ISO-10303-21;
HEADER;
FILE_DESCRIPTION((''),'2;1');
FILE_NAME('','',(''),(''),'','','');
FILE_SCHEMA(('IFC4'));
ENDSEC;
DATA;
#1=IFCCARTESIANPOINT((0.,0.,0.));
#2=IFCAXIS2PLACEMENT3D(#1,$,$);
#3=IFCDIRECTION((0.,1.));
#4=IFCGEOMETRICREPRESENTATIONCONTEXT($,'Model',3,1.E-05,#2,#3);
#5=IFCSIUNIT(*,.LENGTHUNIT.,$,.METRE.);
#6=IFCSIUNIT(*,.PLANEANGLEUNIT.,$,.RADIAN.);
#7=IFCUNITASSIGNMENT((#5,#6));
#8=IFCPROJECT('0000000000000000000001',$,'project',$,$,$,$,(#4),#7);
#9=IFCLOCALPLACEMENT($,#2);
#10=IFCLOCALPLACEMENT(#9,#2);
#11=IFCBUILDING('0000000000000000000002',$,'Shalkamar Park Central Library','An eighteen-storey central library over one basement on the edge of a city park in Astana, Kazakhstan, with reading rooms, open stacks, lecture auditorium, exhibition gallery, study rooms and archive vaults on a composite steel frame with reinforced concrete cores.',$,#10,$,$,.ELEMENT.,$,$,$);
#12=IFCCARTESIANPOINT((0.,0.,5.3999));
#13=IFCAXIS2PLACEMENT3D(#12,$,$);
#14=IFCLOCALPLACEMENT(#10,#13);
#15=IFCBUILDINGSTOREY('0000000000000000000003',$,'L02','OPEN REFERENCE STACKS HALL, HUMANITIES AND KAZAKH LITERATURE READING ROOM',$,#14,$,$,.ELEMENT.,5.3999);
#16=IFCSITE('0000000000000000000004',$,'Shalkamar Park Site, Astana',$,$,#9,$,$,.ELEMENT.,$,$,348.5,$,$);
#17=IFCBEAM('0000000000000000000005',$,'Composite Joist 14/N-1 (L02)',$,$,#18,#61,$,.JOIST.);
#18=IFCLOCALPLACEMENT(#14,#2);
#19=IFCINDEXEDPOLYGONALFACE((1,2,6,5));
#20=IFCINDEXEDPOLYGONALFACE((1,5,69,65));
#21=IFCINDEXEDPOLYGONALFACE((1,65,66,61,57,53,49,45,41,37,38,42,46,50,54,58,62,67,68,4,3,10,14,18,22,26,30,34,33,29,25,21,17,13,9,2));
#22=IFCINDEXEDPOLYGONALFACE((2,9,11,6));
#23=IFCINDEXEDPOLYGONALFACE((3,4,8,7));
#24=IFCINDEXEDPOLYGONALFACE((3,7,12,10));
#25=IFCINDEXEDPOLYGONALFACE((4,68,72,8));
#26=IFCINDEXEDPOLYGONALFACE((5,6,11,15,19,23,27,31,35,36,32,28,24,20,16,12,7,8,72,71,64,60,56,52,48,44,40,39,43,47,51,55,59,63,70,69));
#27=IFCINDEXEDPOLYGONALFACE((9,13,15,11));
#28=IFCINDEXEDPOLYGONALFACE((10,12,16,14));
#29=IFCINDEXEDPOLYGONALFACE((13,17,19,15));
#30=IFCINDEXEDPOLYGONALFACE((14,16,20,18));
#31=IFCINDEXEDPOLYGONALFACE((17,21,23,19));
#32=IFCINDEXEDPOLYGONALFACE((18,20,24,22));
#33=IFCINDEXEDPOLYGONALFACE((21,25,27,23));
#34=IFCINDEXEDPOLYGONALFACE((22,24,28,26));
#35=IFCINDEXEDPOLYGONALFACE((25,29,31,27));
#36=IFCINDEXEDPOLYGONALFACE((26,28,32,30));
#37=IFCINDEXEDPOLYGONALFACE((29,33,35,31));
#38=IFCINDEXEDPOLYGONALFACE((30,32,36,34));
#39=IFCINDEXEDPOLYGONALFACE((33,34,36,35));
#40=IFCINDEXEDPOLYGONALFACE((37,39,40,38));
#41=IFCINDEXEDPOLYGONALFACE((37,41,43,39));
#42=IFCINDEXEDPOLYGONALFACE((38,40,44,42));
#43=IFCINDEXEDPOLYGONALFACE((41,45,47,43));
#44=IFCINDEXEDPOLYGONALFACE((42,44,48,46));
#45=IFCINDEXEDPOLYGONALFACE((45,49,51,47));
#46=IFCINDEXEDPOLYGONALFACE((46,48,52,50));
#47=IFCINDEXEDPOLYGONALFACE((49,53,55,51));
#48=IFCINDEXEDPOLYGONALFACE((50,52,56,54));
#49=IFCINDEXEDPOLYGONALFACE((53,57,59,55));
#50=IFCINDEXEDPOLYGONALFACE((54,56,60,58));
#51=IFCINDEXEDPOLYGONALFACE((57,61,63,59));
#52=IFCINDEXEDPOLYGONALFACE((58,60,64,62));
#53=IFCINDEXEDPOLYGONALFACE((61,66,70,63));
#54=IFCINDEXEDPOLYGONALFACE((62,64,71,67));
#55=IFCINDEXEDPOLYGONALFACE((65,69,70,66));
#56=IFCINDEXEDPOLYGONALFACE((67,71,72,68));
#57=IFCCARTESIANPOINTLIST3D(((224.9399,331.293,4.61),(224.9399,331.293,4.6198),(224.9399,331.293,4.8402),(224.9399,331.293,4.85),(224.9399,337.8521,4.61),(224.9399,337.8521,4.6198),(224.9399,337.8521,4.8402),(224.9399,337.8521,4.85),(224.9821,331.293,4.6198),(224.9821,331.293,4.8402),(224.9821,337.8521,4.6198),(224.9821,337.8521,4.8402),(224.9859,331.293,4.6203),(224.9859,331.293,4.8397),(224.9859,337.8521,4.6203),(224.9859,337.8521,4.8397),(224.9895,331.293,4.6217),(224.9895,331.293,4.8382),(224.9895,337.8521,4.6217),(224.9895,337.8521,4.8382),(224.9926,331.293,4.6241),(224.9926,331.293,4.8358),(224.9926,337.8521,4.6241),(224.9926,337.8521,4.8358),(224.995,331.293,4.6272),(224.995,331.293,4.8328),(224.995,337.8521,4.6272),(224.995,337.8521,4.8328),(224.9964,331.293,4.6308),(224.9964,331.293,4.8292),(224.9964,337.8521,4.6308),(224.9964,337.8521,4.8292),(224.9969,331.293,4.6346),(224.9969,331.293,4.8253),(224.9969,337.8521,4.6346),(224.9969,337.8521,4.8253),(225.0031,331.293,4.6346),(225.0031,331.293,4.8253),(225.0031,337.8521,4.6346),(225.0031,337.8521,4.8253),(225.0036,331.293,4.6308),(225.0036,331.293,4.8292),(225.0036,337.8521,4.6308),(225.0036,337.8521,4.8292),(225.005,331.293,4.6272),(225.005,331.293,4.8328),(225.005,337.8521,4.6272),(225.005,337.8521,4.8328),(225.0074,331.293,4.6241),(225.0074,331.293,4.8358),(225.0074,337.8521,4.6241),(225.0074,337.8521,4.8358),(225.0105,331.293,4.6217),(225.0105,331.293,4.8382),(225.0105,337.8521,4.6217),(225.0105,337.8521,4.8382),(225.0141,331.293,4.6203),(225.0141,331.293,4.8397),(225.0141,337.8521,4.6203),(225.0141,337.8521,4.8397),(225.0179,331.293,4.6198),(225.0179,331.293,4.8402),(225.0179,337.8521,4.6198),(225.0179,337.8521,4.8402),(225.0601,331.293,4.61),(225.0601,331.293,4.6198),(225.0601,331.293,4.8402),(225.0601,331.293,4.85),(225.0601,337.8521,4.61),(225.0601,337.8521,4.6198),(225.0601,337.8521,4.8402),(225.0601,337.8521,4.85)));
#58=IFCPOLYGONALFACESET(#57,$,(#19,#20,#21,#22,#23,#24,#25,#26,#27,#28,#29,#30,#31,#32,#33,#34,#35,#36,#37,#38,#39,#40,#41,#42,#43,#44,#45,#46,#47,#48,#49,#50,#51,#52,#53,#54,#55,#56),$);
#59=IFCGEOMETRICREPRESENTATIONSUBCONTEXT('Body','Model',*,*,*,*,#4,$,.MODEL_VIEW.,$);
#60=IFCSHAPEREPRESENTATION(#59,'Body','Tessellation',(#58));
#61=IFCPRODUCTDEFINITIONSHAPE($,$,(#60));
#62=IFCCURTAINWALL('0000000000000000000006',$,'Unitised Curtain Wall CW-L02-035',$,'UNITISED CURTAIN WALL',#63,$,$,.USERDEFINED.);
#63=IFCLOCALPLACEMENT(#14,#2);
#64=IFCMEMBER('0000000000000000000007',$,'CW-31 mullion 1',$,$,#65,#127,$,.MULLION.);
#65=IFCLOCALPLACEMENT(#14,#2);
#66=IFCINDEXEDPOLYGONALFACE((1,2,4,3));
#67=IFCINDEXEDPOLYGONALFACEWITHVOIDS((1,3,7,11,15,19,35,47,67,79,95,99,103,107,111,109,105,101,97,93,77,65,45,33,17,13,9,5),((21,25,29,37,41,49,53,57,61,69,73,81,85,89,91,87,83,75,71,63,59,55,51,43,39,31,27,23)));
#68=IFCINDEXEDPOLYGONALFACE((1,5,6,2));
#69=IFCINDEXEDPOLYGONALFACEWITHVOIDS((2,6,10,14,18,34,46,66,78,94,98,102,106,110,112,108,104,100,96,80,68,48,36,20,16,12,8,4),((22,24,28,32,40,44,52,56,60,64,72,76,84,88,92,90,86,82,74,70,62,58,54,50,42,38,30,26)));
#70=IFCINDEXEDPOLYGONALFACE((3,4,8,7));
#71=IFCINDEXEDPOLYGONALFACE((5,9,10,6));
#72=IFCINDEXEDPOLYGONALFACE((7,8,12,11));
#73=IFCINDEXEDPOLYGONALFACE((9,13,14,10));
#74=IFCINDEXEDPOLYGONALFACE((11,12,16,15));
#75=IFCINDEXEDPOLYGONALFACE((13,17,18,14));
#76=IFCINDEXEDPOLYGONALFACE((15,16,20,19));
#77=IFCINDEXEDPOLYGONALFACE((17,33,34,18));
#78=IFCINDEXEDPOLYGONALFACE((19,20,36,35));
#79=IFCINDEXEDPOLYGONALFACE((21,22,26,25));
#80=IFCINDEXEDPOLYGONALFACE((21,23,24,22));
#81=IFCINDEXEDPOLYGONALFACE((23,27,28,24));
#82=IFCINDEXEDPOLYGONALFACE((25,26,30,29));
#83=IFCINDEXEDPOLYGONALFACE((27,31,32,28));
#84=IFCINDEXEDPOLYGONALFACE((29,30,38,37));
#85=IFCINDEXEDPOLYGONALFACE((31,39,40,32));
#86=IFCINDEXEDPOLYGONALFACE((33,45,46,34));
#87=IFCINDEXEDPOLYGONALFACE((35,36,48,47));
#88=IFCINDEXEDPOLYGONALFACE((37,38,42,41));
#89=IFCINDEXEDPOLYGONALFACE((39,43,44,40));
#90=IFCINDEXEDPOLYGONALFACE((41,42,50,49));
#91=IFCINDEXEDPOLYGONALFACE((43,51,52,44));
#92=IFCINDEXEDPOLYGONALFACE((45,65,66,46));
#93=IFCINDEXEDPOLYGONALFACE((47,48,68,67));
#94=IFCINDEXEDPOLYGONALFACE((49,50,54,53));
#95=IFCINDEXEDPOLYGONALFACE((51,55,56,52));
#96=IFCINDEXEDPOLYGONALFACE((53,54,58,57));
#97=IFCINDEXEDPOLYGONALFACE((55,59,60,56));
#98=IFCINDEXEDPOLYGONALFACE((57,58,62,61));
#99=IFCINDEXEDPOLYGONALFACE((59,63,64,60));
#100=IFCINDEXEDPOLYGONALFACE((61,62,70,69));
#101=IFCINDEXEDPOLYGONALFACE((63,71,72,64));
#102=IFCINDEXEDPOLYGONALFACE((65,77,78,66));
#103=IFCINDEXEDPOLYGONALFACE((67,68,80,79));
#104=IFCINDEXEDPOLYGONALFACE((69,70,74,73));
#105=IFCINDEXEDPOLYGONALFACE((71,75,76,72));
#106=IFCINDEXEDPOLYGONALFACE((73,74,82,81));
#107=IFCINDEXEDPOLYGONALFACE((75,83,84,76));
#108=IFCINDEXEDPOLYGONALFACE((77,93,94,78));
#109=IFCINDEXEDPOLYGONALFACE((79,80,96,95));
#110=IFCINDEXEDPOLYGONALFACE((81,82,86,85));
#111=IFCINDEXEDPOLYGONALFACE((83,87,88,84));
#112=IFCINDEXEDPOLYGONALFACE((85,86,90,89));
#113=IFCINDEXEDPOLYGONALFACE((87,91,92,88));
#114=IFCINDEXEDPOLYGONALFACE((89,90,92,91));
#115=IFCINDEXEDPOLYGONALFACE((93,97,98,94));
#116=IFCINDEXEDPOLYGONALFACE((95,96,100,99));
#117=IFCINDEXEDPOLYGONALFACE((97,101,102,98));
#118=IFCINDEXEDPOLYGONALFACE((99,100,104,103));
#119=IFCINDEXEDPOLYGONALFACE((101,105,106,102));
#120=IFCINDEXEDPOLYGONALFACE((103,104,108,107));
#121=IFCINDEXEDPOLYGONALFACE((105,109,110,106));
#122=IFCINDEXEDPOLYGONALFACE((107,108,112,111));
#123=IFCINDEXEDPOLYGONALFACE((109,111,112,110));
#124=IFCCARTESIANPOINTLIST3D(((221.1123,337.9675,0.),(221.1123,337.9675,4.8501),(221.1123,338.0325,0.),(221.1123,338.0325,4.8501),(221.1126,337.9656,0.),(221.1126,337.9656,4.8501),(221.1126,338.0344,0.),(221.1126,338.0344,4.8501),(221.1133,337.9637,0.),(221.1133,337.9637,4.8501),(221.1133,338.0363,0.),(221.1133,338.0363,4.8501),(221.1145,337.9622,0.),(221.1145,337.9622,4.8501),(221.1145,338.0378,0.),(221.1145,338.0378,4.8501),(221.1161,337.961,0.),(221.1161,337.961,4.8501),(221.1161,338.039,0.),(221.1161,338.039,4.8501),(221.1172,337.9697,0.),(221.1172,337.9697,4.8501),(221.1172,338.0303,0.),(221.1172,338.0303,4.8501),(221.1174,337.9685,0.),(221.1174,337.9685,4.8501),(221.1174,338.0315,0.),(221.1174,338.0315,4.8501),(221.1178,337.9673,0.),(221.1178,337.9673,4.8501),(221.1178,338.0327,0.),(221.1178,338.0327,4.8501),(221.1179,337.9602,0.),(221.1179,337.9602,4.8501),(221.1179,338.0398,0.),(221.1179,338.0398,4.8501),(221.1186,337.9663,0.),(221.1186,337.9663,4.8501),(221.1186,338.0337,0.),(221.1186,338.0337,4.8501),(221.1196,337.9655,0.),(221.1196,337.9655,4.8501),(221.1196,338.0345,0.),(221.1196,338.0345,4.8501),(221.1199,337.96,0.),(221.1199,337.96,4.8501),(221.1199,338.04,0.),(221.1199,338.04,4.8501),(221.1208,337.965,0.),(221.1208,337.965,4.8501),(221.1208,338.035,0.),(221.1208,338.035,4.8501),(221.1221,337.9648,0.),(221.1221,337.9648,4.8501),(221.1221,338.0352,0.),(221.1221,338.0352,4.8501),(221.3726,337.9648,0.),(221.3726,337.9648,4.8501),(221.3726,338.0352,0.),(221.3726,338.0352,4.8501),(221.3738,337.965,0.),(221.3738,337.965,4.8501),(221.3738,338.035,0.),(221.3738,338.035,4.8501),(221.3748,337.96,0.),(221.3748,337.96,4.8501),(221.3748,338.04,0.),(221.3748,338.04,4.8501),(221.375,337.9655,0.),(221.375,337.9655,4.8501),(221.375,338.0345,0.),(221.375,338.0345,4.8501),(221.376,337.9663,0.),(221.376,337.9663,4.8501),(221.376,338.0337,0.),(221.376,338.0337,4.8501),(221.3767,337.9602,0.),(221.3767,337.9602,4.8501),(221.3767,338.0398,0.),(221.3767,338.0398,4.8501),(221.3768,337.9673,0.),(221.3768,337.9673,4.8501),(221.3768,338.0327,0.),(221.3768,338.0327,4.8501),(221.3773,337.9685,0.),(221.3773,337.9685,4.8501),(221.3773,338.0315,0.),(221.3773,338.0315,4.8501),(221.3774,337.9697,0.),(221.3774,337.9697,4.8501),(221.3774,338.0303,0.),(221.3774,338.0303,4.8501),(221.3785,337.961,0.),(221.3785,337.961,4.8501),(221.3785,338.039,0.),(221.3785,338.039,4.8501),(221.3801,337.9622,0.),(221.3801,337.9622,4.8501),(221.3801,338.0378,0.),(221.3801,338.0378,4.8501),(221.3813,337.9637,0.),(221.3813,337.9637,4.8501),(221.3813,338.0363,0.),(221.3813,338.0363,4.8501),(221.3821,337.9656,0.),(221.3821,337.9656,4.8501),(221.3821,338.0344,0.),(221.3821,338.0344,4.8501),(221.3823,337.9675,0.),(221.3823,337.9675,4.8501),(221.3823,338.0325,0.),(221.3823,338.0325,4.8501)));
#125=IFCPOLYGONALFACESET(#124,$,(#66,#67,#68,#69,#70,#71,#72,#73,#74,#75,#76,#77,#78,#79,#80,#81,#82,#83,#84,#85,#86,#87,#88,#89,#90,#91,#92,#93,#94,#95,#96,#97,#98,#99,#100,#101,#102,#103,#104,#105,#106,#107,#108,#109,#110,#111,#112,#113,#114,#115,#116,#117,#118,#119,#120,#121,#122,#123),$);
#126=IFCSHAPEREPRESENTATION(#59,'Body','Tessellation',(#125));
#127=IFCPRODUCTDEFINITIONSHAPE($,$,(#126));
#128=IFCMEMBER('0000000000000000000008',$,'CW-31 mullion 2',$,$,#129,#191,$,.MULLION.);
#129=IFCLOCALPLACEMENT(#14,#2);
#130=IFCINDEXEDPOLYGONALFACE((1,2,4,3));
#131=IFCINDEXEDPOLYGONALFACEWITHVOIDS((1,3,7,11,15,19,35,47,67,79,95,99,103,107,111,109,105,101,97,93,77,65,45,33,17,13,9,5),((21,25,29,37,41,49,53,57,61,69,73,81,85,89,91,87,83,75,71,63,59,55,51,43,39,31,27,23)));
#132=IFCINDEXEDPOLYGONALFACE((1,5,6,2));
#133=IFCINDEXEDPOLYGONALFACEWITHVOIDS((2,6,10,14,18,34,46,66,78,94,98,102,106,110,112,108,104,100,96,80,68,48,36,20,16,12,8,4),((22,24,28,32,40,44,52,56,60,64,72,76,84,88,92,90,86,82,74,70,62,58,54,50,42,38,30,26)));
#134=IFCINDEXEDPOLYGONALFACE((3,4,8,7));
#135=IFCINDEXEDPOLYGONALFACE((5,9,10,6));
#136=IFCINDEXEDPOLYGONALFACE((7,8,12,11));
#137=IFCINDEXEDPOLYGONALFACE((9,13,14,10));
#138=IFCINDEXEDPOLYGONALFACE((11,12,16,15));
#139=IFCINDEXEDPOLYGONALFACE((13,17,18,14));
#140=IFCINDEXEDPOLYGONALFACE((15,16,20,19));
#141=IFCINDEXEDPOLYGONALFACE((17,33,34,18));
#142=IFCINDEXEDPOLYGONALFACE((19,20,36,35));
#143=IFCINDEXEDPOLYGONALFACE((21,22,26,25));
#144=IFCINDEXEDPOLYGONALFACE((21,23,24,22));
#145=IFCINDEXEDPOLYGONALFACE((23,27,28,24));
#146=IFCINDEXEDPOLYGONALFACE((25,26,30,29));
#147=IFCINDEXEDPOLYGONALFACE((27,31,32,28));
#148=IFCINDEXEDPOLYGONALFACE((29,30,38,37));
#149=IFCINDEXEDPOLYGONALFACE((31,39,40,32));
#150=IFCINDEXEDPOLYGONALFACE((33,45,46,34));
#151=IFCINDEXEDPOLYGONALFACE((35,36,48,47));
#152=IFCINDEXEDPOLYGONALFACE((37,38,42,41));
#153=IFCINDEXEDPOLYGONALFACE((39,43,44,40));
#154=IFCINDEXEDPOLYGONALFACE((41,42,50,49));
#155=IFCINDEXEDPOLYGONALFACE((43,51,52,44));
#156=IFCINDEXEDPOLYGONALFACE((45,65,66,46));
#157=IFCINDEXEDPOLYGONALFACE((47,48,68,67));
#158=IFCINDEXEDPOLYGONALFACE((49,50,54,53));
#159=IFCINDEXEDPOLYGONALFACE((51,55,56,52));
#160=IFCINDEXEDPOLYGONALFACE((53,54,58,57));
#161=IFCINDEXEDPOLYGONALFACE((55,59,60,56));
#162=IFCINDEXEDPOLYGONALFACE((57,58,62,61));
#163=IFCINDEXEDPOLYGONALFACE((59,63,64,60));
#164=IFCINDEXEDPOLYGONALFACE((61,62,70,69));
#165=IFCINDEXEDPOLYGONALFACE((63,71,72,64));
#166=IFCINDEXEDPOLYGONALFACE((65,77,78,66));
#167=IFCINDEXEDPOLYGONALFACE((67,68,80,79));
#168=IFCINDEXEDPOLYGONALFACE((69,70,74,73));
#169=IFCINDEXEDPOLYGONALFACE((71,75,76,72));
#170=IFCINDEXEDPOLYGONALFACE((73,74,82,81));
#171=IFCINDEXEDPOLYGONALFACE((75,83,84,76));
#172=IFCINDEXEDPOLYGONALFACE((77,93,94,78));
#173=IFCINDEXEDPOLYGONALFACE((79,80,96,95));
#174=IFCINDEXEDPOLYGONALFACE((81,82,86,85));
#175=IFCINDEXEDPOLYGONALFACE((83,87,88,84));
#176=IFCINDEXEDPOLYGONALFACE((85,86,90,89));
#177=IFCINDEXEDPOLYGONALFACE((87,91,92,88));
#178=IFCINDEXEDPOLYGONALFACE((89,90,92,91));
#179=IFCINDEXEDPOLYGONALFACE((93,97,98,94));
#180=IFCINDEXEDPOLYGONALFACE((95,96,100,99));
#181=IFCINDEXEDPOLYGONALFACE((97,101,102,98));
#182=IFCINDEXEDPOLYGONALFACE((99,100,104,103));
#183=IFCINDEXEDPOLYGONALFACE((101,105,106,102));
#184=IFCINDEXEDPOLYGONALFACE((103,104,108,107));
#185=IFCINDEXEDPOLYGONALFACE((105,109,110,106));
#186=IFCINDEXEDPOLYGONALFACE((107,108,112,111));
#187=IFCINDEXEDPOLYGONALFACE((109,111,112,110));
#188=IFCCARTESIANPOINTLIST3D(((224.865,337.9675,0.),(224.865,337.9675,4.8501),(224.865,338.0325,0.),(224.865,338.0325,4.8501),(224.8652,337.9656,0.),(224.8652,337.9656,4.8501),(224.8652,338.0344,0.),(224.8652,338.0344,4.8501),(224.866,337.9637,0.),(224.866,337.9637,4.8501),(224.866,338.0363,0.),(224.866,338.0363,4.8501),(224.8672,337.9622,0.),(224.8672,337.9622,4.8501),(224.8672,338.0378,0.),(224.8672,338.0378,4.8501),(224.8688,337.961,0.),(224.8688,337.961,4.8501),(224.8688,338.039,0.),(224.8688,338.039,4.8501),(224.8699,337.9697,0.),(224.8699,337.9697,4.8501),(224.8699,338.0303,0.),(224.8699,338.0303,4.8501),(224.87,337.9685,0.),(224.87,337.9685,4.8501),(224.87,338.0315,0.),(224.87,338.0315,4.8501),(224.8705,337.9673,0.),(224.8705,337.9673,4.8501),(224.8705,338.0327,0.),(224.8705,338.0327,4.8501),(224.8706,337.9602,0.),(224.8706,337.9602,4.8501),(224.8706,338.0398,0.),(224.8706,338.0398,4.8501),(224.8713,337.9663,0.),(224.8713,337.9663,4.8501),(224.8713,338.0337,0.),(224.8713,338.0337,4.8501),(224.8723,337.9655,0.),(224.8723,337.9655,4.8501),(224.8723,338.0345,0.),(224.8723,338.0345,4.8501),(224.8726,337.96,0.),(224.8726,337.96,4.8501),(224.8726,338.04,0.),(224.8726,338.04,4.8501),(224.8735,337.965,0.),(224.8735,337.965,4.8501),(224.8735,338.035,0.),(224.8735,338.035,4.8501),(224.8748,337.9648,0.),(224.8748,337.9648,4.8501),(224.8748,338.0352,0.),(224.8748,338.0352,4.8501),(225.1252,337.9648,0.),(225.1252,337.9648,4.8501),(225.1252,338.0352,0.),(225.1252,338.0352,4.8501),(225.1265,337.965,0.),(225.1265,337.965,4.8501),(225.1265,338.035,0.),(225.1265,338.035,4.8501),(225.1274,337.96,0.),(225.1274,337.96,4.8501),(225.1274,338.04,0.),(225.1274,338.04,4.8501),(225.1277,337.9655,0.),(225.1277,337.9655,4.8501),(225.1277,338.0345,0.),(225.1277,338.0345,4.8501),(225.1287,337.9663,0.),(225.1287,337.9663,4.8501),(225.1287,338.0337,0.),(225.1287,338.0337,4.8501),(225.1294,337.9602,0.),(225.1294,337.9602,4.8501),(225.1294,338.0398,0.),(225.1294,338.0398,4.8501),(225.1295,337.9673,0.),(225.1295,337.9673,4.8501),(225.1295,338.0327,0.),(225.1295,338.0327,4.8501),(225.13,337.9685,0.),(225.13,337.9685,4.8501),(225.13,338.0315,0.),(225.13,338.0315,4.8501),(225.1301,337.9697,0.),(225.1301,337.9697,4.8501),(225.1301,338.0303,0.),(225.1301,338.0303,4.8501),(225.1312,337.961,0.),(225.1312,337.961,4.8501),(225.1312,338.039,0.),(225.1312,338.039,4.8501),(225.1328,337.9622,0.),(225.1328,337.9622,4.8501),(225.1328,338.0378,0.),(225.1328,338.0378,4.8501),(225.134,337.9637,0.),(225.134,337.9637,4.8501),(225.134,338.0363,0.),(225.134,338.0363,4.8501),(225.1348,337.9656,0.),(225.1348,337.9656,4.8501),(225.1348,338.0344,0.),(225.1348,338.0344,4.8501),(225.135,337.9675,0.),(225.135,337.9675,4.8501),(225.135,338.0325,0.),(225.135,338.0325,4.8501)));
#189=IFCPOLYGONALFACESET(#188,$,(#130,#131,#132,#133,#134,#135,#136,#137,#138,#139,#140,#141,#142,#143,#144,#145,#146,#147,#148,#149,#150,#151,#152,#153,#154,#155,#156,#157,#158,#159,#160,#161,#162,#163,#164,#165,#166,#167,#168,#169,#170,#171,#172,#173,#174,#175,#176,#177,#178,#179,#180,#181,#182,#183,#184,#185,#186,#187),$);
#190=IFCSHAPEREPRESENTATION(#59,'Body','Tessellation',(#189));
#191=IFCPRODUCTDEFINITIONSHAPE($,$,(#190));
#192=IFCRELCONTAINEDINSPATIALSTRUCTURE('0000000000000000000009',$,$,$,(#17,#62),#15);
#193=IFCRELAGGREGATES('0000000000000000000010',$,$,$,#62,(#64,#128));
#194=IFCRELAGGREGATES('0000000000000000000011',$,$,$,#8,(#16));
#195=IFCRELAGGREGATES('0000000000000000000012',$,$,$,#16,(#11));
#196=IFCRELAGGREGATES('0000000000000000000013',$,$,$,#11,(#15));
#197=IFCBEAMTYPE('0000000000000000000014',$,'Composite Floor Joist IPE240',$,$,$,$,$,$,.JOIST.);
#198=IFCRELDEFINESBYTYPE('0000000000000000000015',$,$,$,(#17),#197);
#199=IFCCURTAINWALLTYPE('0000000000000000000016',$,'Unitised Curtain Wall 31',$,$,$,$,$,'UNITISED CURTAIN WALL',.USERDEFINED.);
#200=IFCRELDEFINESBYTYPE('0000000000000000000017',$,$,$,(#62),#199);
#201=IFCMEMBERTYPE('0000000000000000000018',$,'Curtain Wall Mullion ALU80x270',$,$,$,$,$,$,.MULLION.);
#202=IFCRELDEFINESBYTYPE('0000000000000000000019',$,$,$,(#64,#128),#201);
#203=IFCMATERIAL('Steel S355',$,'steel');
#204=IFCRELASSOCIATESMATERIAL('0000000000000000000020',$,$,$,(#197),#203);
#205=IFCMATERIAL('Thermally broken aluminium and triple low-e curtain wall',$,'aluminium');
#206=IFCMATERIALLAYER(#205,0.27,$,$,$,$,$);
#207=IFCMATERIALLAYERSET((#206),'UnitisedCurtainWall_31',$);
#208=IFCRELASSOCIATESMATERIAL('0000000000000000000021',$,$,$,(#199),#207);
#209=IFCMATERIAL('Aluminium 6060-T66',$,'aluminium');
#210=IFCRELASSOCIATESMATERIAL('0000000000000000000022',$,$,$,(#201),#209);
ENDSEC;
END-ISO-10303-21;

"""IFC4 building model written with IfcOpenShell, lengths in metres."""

from ifc_helpers import new_model, si_unit, direction, frame, origin, origin_2d, place, context, subcontext, project, spatial, hollow_rectangle, i_section, extrude, material, layer, layer_set, material_profile, profile_set, type_object, element, aggregate, save


model = new_model("IFC4")

# Units and contexts
model_context = context("Model", 3, precision=1e-05, world=origin(), true_north=direction((0.0, 1.0)))
body_context = subcontext(model_context, "Body", "Model", "MODEL_VIEW")
ifc_project = project(units=[si_unit("LENGTHUNIT", "METRE"), si_unit("PLANEANGLEUNIT", "RADIAN")], contexts=[model_context])

# Site, building, storey
site_placement = place(None, origin())
site = spatial("IfcSite", under=ifc_project, at=site_placement, Name="Shalkamar Park Site, Astana", CompositionType="ELEMENT", RefElevation=348.5)
building_placement = place(site_placement, origin())
building = spatial("IfcBuilding", under=site, at=building_placement, Name="Shalkamar Park Central Library", Description="An eighteen-storey central library over one basement on the edge of a city park in Astana, Kazakhstan, with reading rooms, open stacks, lecture auditorium, exhibition gallery, study rooms and archive vaults on a composite steel frame with reinforced concrete cores.", CompositionType="ELEMENT")
storey_placement = place(building_placement, frame((0.0, 0.0, 5.3999)))
storey = spatial("IfcBuildingStorey", under=building, at=storey_placement, Name="L02", Description="OPEN REFERENCE STACKS HALL, HUMANITIES AND KAZAKH LITERATURE READING ROOM", CompositionType="ELEMENT", Elevation=5.3999)

# Shared definitions
ifc_material_1 = material(Name="Steel S355", Category="steel")

# Beam
ifc_material_profile_1 = material_profile(ifc_material_1, i_section(OverallWidth=0.1201, OverallDepth=0.24, WebThickness=0.0061, FlangeThickness=0.0098, FilletRadius=0.0149, at=origin_2d()), Name="IPE 240")
ifc_profile_set_1 = profile_set([ifc_material_profile_1], Name="Steel S355")
beam_type_1 = type_object("IfcBeamType", Name="Composite Floor Joist IPE240", PredefinedType="JOIST", material=ifc_profile_set_1)
beam_1_placement = place(storey_placement, frame((225.0, 331.293, 4.73), z_axis=(0.0, 1.0, 0.0), x_axis=(-1.0, 0.0, 0.0)))
element("IfcBeam", 1, at=beam_1_placement, inside=storey, type_object=beam_type_1, Name="Composite Joist 14/N-1 (L02)", PredefinedType="JOIST", context=body_context, shape_type="SweptSolid", body=[
    extrude(i_section(OverallWidth=0.1201, OverallDepth=0.24, WebThickness=0.0061, FlangeThickness=0.0098, FilletRadius=0.0149, at=origin_2d()), origin(), (0.0, 0.0, 1.0), 6.5591),
])

# Curtain wall, members
ifc_material_2 = material(Name="Thermally broken aluminium and triple low-e curtain wall", Category="aluminium")
ifc_layer_1 = layer(ifc_material_2, 0.27)
ifc_layer_set_1 = layer_set([ifc_layer_1], Name="UnitisedCurtainWall_31")
curtain_wall_type_1 = type_object("IfcCurtainWallType", Name="Unitised Curtain Wall 31", ElementType="UNITISED CURTAIN WALL", PredefinedType="USERDEFINED", material=ifc_layer_set_1)
curtain_wall_1_placement = place(storey_placement, origin())
curtain_wall_1 = element("IfcCurtainWall", 2, at=curtain_wall_1_placement, inside=storey, type_object=curtain_wall_type_1, Name="Unitised Curtain Wall CW-L02-035", ObjectType="UNITISED CURTAIN WALL", PredefinedType="USERDEFINED")
ifc_material_3 = material(Name="Aluminium 6060-T66", Category="aluminium")
ifc_material_profile_2 = material_profile(ifc_material_3, hollow_rectangle(XDim=0.0801, YDim=0.27, WallThickness=0.0049, InnerFilletRadius=0.0049, OuterFilletRadius=0.0076, at=origin_2d()), Name="ALU 80x270x5")
ifc_profile_set_2 = profile_set([ifc_material_profile_2], Name="Aluminium 6060-T66")
member_type_1 = type_object("IfcMemberType", Name="Curtain Wall Mullion ALU80x270", PredefinedType="MULLION", material=ifc_profile_set_2)
member_1_placement = place(storey_placement, frame((221.2473, 338.0, 0.0), z_axis=(0.0, 0.0, 1.0), x_axis=(0.0, 1.0, 0.0)))
member_1 = element("IfcMember", 3, at=member_1_placement, type_object=member_type_1, Name="CW-31 mullion 1", PredefinedType="MULLION", context=body_context, shape_type="SweptSolid", body=[
    extrude(hollow_rectangle(XDim=0.0801, YDim=0.27, WallThickness=0.0049, InnerFilletRadius=0.0049, OuterFilletRadius=0.0076, at=origin_2d()), origin(), (0.0, 0.0, 1.0), 4.8501),
])
member_2_placement = place(storey_placement, frame((225.0, 338.0, 0.0), z_axis=(0.0, 0.0, 1.0), x_axis=(0.0, 1.0, 0.0)))
member_2 = element("IfcMember", 4, at=member_2_placement, type_object=member_type_1, Name="CW-31 mullion 2", PredefinedType="MULLION", context=body_context, shape_type="SweptSolid", body=[
    extrude(hollow_rectangle(XDim=0.0801, YDim=0.27, WallThickness=0.0049, InnerFilletRadius=0.0049, OuterFilletRadius=0.0076, at=origin_2d()), origin(), (0.0, 0.0, 1.0), 4.8501),
])

aggregate(curtain_wall_1, [member_1, member_2])

save(model, "model.ifc")
